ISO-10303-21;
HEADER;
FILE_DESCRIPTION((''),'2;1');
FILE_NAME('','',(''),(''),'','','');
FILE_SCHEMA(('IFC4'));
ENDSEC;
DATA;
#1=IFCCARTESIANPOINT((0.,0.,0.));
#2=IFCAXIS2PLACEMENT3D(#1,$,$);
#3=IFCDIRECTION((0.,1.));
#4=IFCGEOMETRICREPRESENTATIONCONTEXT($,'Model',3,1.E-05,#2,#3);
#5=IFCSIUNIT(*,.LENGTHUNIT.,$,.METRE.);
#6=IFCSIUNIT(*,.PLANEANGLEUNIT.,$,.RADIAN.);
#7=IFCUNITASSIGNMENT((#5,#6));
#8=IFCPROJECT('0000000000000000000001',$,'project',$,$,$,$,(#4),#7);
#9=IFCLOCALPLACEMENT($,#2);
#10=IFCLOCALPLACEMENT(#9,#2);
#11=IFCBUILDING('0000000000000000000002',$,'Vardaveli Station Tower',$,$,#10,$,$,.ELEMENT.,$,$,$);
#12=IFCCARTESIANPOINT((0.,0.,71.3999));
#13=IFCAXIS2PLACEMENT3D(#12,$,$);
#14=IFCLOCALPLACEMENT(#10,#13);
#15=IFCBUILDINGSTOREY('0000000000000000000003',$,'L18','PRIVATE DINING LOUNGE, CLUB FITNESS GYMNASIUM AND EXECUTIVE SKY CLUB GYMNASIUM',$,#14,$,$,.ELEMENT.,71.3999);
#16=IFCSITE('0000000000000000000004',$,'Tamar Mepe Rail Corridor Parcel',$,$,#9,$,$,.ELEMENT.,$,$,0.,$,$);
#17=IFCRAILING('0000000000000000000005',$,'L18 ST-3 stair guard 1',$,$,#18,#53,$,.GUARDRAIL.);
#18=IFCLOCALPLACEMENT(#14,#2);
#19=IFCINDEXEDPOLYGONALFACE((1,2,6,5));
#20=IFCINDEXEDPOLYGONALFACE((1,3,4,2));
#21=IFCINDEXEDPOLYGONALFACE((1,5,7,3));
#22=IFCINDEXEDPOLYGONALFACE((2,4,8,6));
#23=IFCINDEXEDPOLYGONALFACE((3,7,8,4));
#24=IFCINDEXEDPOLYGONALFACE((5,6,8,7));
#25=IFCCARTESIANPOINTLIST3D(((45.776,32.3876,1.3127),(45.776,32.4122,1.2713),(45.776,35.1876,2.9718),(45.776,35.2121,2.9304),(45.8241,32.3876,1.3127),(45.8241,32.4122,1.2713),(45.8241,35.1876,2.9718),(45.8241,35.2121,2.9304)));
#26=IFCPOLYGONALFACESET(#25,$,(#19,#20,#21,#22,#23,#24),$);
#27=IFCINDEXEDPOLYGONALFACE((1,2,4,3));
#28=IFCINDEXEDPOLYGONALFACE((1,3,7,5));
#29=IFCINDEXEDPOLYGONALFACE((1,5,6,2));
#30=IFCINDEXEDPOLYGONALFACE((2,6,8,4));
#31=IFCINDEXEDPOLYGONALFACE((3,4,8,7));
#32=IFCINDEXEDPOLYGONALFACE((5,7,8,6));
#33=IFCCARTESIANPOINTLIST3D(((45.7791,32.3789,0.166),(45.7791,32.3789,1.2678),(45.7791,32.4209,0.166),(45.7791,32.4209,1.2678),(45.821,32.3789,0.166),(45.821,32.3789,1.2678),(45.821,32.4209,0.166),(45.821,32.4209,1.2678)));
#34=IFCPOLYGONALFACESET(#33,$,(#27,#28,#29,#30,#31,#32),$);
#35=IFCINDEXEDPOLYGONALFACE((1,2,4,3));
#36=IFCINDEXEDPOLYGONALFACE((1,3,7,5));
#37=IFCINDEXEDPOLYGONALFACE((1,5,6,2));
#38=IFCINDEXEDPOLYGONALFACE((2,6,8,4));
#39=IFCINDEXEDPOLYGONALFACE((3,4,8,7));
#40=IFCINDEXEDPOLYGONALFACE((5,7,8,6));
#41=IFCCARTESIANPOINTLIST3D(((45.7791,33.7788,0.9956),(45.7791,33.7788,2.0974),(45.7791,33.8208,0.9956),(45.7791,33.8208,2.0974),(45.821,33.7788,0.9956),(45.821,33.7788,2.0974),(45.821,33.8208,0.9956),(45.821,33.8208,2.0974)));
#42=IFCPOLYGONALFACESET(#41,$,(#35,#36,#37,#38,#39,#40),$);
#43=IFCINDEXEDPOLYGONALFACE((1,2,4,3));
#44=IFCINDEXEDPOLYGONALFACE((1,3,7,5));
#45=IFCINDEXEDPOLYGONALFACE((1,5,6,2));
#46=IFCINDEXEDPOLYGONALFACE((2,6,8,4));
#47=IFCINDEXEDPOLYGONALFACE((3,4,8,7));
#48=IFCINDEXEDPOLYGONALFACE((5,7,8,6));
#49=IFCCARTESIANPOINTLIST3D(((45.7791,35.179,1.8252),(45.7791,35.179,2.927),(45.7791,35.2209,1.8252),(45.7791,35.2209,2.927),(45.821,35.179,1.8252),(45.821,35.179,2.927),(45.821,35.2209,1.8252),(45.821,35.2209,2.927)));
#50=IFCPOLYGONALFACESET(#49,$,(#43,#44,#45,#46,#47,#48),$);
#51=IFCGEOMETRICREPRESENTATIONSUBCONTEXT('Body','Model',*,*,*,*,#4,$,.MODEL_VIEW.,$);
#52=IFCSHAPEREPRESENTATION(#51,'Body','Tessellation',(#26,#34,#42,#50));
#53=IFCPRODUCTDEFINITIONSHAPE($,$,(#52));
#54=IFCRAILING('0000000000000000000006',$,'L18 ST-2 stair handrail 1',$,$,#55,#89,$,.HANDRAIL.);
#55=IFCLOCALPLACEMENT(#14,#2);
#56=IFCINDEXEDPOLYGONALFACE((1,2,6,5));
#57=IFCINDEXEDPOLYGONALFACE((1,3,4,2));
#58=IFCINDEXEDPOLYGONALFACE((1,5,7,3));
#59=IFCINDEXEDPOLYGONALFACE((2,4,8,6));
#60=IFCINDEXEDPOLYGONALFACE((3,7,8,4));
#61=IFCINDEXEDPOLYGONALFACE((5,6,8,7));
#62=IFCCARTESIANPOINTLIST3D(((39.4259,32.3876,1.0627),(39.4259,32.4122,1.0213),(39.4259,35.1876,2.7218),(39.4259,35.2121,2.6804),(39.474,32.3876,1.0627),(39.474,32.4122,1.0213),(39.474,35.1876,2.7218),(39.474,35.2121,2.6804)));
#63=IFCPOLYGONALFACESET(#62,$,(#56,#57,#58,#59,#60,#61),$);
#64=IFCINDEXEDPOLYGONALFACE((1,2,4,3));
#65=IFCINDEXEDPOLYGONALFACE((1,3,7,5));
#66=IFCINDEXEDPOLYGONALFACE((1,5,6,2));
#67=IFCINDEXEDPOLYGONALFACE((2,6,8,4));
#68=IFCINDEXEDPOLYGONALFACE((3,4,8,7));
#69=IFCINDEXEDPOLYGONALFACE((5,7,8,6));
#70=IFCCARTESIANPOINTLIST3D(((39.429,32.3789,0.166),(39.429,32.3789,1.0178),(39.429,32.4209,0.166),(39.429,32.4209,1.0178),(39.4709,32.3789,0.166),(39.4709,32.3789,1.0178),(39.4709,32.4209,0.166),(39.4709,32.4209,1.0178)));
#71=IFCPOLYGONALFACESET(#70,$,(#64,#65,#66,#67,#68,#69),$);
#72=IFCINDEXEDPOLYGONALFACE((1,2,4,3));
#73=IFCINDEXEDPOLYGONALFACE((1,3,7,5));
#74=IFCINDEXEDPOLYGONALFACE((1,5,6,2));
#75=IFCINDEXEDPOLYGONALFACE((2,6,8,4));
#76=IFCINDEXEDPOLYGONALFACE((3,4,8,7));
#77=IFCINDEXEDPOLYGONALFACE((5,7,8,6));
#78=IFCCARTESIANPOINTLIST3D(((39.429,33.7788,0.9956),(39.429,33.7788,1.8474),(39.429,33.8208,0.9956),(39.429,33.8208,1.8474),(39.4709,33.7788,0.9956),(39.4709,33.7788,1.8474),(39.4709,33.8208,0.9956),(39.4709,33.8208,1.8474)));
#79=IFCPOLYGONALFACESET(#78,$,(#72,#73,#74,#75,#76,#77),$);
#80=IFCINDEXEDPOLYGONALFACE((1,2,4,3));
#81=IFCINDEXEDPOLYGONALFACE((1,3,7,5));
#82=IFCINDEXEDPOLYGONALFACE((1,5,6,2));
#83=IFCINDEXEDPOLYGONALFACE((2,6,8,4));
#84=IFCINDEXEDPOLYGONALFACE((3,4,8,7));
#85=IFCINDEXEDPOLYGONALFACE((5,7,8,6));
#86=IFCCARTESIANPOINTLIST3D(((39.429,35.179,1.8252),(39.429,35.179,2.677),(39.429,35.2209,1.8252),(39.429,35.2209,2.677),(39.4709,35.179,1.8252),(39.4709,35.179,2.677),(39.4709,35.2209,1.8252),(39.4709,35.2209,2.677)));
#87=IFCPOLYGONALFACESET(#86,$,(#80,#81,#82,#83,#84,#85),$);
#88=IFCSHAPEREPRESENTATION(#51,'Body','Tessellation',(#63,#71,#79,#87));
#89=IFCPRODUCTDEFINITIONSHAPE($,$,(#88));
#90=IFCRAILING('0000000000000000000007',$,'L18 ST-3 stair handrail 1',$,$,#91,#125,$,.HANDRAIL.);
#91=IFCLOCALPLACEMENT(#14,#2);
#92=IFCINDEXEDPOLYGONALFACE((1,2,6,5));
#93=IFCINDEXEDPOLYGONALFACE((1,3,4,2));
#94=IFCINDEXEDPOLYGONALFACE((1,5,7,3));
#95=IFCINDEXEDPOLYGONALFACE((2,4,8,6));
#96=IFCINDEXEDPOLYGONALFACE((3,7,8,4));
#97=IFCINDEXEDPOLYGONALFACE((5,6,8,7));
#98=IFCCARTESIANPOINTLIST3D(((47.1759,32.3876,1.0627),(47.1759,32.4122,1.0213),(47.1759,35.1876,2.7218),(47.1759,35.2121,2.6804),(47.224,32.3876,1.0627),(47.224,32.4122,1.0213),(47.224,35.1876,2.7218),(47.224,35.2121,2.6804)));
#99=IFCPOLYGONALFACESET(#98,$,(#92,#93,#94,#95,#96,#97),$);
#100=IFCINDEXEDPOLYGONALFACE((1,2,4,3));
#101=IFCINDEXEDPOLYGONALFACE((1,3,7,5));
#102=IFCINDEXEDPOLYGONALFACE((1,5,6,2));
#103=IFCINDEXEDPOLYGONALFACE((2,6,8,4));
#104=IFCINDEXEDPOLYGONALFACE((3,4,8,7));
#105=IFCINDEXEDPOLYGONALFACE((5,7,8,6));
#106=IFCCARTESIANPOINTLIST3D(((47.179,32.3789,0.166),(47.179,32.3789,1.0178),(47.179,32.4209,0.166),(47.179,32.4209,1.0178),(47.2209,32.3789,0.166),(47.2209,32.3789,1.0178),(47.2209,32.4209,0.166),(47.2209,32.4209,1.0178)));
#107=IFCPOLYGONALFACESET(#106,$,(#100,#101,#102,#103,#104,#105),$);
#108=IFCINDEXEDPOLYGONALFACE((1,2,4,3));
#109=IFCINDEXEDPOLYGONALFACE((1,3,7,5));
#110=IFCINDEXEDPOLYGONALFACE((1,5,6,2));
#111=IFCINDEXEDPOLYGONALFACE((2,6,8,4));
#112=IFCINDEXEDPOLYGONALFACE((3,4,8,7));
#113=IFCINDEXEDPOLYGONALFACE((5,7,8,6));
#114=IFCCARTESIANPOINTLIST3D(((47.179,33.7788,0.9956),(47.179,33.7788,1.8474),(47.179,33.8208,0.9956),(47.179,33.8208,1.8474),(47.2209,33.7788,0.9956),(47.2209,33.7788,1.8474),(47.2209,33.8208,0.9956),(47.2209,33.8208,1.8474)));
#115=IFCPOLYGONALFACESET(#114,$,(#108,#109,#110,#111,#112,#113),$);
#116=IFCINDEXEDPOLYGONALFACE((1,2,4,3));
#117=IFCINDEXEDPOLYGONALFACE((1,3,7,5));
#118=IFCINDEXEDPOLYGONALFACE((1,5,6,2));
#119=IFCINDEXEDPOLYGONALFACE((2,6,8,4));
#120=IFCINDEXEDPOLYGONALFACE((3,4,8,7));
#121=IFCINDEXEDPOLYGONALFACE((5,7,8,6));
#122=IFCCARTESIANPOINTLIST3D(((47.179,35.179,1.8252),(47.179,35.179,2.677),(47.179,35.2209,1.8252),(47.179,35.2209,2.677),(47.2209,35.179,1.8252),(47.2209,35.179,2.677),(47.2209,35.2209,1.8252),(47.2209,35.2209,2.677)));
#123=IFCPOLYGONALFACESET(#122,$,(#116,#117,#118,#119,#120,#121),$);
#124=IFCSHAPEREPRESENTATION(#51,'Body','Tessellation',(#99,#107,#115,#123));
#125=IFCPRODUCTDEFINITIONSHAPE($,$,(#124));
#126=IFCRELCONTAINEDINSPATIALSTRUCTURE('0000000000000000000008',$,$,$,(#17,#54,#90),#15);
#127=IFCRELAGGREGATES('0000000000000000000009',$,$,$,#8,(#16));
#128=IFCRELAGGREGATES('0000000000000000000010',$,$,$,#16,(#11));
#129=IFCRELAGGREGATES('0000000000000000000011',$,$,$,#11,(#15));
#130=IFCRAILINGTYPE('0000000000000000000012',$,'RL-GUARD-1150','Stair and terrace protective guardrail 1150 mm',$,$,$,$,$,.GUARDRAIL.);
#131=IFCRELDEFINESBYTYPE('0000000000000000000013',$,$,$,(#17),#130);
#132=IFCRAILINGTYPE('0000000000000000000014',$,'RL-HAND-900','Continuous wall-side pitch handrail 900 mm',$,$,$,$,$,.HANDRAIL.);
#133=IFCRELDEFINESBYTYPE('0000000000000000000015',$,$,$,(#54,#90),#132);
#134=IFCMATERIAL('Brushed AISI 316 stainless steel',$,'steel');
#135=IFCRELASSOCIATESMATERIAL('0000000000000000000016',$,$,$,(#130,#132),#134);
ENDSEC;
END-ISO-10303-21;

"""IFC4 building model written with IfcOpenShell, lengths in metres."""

from ifc_helpers import new_model, si_unit, direction, frame, origin, origin_2d, place, context, subcontext, project, spatial, rectangle, extrude, source, transform, mapped, material, type_object, element, save


model = new_model("IFC4")

# Units and contexts
model_context = context("Model", 3, precision=1e-05, world=origin(), true_north=direction((0.0, 1.0)))
body_context = subcontext(model_context, "Body", "Model", "MODEL_VIEW")
ifc_project = project(units=[si_unit("LENGTHUNIT", "METRE"), si_unit("PLANEANGLEUNIT", "RADIAN")], contexts=[model_context])

# Site, building, storey
site_placement = place(None, origin())
site = spatial("IfcSite", under=ifc_project, at=site_placement, Name="Tamar Mepe Rail Corridor Parcel", CompositionType="ELEMENT", RefElevation=0.0)
building_placement = place(site_placement, origin())
building = spatial("IfcBuilding", under=site, at=building_placement, Name="Vardaveli Station Tower", CompositionType="ELEMENT")
storey_placement = place(building_placement, frame((0.0, 0.0, 71.3999)))
storey = spatial("IfcBuildingStorey", under=building, at=storey_placement, Name="L18", Description="PRIVATE DINING LOUNGE, CLUB FITNESS GYMNASIUM AND EXECUTIVE SKY CLUB GYMNASIUM", CompositionType="ELEMENT", Elevation=71.3999)

# Railings
ifc_material_1 = material(Name="Brushed AISI 316 stainless steel", Category="steel")
railing_type_1 = type_object("IfcRailingType", Name="RL-GUARD-1150", Description="Stair and terrace protective guardrail 1150 mm", PredefinedType="GUARDRAIL", material=ifc_material_1)
shared_shape_1 = source(origin(), body_context, "Body", "SweptSolid", [
    extrude(rectangle(XDim=0.0481, YDim=0.0481, at=origin_2d()), frame((0.0, 0.0, 1.126), z_axis=(0.0, 0.860306, 0.509778), x_axis=(-1.0, 0.0, 0.0)), (0.0, 0.0, 1.0), 3.2546),
    extrude(rectangle(XDim=0.042, YDim=0.042, at=origin_2d()), origin(), (0.0, 0.0, 1.0), 1.1018),
    extrude(rectangle(XDim=0.042, YDim=0.042, at=origin_2d()), frame((0.0, 1.3999, 0.8296)), (0.0, 0.0, 1.0), 1.1018),
    extrude(rectangle(XDim=0.042, YDim=0.042, at=origin_2d()), frame((0.0, 2.8, 1.6592)), (0.0, 0.0, 1.0), 1.1018),
])
railing_1_placement = place(storey_placement, frame((45.8, 32.3999, 0.166)))
element("IfcRailing", 1, at=railing_1_placement, inside=storey, type_object=railing_type_1, Name="L18 ST-3 stair guard 1", PredefinedType="GUARDRAIL", context=body_context, shape_type="MappedRepresentation", body=[
    mapped(shared_shape_1, transform((0.0, 0.0, 0.0), scale=1.0)),
])
railing_type_2 = type_object("IfcRailingType", Name="RL-HAND-900", Description="Continuous wall-side pitch handrail 900 mm", PredefinedType="HANDRAIL", material=ifc_material_1)
shared_shape_2 = source(origin(), body_context, "Body", "SweptSolid", [
    extrude(rectangle(XDim=0.0481, YDim=0.0481, at=origin_2d()), frame((0.0, 0.0, 0.876), z_axis=(0.0, 0.860306, 0.509778), x_axis=(-1.0, 0.0, 0.0)), (0.0, 0.0, 1.0), 3.2546),
    extrude(rectangle(XDim=0.042, YDim=0.042, at=origin_2d()), origin(), (0.0, 0.0, 1.0), 0.8518),
    extrude(rectangle(XDim=0.042, YDim=0.042, at=origin_2d()), frame((0.0, 1.3999, 0.8296)), (0.0, 0.0, 1.0), 0.8518),
    extrude(rectangle(XDim=0.042, YDim=0.042, at=origin_2d()), frame((0.0, 2.8, 1.6592)), (0.0, 0.0, 1.0), 0.8518),
])
for number, where, name in (
    (2, (39.45, 32.3999, 0.166), "L18 ST-2 stair handrail 1"),
    (3, (47.2, 32.3999, 0.166), "L18 ST-3 stair handrail 1"),
):
    element("IfcRailing", number, at=place(storey_placement, frame(where)), inside=storey, type_object=railing_type_2, Name=name, PredefinedType="HANDRAIL", context=body_context, shape_type="MappedRepresentation", body=[
        mapped(shared_shape_2, transform((0.0, 0.0, 0.0), scale=1.0)),
    ])

save(model, "model.ifc")
